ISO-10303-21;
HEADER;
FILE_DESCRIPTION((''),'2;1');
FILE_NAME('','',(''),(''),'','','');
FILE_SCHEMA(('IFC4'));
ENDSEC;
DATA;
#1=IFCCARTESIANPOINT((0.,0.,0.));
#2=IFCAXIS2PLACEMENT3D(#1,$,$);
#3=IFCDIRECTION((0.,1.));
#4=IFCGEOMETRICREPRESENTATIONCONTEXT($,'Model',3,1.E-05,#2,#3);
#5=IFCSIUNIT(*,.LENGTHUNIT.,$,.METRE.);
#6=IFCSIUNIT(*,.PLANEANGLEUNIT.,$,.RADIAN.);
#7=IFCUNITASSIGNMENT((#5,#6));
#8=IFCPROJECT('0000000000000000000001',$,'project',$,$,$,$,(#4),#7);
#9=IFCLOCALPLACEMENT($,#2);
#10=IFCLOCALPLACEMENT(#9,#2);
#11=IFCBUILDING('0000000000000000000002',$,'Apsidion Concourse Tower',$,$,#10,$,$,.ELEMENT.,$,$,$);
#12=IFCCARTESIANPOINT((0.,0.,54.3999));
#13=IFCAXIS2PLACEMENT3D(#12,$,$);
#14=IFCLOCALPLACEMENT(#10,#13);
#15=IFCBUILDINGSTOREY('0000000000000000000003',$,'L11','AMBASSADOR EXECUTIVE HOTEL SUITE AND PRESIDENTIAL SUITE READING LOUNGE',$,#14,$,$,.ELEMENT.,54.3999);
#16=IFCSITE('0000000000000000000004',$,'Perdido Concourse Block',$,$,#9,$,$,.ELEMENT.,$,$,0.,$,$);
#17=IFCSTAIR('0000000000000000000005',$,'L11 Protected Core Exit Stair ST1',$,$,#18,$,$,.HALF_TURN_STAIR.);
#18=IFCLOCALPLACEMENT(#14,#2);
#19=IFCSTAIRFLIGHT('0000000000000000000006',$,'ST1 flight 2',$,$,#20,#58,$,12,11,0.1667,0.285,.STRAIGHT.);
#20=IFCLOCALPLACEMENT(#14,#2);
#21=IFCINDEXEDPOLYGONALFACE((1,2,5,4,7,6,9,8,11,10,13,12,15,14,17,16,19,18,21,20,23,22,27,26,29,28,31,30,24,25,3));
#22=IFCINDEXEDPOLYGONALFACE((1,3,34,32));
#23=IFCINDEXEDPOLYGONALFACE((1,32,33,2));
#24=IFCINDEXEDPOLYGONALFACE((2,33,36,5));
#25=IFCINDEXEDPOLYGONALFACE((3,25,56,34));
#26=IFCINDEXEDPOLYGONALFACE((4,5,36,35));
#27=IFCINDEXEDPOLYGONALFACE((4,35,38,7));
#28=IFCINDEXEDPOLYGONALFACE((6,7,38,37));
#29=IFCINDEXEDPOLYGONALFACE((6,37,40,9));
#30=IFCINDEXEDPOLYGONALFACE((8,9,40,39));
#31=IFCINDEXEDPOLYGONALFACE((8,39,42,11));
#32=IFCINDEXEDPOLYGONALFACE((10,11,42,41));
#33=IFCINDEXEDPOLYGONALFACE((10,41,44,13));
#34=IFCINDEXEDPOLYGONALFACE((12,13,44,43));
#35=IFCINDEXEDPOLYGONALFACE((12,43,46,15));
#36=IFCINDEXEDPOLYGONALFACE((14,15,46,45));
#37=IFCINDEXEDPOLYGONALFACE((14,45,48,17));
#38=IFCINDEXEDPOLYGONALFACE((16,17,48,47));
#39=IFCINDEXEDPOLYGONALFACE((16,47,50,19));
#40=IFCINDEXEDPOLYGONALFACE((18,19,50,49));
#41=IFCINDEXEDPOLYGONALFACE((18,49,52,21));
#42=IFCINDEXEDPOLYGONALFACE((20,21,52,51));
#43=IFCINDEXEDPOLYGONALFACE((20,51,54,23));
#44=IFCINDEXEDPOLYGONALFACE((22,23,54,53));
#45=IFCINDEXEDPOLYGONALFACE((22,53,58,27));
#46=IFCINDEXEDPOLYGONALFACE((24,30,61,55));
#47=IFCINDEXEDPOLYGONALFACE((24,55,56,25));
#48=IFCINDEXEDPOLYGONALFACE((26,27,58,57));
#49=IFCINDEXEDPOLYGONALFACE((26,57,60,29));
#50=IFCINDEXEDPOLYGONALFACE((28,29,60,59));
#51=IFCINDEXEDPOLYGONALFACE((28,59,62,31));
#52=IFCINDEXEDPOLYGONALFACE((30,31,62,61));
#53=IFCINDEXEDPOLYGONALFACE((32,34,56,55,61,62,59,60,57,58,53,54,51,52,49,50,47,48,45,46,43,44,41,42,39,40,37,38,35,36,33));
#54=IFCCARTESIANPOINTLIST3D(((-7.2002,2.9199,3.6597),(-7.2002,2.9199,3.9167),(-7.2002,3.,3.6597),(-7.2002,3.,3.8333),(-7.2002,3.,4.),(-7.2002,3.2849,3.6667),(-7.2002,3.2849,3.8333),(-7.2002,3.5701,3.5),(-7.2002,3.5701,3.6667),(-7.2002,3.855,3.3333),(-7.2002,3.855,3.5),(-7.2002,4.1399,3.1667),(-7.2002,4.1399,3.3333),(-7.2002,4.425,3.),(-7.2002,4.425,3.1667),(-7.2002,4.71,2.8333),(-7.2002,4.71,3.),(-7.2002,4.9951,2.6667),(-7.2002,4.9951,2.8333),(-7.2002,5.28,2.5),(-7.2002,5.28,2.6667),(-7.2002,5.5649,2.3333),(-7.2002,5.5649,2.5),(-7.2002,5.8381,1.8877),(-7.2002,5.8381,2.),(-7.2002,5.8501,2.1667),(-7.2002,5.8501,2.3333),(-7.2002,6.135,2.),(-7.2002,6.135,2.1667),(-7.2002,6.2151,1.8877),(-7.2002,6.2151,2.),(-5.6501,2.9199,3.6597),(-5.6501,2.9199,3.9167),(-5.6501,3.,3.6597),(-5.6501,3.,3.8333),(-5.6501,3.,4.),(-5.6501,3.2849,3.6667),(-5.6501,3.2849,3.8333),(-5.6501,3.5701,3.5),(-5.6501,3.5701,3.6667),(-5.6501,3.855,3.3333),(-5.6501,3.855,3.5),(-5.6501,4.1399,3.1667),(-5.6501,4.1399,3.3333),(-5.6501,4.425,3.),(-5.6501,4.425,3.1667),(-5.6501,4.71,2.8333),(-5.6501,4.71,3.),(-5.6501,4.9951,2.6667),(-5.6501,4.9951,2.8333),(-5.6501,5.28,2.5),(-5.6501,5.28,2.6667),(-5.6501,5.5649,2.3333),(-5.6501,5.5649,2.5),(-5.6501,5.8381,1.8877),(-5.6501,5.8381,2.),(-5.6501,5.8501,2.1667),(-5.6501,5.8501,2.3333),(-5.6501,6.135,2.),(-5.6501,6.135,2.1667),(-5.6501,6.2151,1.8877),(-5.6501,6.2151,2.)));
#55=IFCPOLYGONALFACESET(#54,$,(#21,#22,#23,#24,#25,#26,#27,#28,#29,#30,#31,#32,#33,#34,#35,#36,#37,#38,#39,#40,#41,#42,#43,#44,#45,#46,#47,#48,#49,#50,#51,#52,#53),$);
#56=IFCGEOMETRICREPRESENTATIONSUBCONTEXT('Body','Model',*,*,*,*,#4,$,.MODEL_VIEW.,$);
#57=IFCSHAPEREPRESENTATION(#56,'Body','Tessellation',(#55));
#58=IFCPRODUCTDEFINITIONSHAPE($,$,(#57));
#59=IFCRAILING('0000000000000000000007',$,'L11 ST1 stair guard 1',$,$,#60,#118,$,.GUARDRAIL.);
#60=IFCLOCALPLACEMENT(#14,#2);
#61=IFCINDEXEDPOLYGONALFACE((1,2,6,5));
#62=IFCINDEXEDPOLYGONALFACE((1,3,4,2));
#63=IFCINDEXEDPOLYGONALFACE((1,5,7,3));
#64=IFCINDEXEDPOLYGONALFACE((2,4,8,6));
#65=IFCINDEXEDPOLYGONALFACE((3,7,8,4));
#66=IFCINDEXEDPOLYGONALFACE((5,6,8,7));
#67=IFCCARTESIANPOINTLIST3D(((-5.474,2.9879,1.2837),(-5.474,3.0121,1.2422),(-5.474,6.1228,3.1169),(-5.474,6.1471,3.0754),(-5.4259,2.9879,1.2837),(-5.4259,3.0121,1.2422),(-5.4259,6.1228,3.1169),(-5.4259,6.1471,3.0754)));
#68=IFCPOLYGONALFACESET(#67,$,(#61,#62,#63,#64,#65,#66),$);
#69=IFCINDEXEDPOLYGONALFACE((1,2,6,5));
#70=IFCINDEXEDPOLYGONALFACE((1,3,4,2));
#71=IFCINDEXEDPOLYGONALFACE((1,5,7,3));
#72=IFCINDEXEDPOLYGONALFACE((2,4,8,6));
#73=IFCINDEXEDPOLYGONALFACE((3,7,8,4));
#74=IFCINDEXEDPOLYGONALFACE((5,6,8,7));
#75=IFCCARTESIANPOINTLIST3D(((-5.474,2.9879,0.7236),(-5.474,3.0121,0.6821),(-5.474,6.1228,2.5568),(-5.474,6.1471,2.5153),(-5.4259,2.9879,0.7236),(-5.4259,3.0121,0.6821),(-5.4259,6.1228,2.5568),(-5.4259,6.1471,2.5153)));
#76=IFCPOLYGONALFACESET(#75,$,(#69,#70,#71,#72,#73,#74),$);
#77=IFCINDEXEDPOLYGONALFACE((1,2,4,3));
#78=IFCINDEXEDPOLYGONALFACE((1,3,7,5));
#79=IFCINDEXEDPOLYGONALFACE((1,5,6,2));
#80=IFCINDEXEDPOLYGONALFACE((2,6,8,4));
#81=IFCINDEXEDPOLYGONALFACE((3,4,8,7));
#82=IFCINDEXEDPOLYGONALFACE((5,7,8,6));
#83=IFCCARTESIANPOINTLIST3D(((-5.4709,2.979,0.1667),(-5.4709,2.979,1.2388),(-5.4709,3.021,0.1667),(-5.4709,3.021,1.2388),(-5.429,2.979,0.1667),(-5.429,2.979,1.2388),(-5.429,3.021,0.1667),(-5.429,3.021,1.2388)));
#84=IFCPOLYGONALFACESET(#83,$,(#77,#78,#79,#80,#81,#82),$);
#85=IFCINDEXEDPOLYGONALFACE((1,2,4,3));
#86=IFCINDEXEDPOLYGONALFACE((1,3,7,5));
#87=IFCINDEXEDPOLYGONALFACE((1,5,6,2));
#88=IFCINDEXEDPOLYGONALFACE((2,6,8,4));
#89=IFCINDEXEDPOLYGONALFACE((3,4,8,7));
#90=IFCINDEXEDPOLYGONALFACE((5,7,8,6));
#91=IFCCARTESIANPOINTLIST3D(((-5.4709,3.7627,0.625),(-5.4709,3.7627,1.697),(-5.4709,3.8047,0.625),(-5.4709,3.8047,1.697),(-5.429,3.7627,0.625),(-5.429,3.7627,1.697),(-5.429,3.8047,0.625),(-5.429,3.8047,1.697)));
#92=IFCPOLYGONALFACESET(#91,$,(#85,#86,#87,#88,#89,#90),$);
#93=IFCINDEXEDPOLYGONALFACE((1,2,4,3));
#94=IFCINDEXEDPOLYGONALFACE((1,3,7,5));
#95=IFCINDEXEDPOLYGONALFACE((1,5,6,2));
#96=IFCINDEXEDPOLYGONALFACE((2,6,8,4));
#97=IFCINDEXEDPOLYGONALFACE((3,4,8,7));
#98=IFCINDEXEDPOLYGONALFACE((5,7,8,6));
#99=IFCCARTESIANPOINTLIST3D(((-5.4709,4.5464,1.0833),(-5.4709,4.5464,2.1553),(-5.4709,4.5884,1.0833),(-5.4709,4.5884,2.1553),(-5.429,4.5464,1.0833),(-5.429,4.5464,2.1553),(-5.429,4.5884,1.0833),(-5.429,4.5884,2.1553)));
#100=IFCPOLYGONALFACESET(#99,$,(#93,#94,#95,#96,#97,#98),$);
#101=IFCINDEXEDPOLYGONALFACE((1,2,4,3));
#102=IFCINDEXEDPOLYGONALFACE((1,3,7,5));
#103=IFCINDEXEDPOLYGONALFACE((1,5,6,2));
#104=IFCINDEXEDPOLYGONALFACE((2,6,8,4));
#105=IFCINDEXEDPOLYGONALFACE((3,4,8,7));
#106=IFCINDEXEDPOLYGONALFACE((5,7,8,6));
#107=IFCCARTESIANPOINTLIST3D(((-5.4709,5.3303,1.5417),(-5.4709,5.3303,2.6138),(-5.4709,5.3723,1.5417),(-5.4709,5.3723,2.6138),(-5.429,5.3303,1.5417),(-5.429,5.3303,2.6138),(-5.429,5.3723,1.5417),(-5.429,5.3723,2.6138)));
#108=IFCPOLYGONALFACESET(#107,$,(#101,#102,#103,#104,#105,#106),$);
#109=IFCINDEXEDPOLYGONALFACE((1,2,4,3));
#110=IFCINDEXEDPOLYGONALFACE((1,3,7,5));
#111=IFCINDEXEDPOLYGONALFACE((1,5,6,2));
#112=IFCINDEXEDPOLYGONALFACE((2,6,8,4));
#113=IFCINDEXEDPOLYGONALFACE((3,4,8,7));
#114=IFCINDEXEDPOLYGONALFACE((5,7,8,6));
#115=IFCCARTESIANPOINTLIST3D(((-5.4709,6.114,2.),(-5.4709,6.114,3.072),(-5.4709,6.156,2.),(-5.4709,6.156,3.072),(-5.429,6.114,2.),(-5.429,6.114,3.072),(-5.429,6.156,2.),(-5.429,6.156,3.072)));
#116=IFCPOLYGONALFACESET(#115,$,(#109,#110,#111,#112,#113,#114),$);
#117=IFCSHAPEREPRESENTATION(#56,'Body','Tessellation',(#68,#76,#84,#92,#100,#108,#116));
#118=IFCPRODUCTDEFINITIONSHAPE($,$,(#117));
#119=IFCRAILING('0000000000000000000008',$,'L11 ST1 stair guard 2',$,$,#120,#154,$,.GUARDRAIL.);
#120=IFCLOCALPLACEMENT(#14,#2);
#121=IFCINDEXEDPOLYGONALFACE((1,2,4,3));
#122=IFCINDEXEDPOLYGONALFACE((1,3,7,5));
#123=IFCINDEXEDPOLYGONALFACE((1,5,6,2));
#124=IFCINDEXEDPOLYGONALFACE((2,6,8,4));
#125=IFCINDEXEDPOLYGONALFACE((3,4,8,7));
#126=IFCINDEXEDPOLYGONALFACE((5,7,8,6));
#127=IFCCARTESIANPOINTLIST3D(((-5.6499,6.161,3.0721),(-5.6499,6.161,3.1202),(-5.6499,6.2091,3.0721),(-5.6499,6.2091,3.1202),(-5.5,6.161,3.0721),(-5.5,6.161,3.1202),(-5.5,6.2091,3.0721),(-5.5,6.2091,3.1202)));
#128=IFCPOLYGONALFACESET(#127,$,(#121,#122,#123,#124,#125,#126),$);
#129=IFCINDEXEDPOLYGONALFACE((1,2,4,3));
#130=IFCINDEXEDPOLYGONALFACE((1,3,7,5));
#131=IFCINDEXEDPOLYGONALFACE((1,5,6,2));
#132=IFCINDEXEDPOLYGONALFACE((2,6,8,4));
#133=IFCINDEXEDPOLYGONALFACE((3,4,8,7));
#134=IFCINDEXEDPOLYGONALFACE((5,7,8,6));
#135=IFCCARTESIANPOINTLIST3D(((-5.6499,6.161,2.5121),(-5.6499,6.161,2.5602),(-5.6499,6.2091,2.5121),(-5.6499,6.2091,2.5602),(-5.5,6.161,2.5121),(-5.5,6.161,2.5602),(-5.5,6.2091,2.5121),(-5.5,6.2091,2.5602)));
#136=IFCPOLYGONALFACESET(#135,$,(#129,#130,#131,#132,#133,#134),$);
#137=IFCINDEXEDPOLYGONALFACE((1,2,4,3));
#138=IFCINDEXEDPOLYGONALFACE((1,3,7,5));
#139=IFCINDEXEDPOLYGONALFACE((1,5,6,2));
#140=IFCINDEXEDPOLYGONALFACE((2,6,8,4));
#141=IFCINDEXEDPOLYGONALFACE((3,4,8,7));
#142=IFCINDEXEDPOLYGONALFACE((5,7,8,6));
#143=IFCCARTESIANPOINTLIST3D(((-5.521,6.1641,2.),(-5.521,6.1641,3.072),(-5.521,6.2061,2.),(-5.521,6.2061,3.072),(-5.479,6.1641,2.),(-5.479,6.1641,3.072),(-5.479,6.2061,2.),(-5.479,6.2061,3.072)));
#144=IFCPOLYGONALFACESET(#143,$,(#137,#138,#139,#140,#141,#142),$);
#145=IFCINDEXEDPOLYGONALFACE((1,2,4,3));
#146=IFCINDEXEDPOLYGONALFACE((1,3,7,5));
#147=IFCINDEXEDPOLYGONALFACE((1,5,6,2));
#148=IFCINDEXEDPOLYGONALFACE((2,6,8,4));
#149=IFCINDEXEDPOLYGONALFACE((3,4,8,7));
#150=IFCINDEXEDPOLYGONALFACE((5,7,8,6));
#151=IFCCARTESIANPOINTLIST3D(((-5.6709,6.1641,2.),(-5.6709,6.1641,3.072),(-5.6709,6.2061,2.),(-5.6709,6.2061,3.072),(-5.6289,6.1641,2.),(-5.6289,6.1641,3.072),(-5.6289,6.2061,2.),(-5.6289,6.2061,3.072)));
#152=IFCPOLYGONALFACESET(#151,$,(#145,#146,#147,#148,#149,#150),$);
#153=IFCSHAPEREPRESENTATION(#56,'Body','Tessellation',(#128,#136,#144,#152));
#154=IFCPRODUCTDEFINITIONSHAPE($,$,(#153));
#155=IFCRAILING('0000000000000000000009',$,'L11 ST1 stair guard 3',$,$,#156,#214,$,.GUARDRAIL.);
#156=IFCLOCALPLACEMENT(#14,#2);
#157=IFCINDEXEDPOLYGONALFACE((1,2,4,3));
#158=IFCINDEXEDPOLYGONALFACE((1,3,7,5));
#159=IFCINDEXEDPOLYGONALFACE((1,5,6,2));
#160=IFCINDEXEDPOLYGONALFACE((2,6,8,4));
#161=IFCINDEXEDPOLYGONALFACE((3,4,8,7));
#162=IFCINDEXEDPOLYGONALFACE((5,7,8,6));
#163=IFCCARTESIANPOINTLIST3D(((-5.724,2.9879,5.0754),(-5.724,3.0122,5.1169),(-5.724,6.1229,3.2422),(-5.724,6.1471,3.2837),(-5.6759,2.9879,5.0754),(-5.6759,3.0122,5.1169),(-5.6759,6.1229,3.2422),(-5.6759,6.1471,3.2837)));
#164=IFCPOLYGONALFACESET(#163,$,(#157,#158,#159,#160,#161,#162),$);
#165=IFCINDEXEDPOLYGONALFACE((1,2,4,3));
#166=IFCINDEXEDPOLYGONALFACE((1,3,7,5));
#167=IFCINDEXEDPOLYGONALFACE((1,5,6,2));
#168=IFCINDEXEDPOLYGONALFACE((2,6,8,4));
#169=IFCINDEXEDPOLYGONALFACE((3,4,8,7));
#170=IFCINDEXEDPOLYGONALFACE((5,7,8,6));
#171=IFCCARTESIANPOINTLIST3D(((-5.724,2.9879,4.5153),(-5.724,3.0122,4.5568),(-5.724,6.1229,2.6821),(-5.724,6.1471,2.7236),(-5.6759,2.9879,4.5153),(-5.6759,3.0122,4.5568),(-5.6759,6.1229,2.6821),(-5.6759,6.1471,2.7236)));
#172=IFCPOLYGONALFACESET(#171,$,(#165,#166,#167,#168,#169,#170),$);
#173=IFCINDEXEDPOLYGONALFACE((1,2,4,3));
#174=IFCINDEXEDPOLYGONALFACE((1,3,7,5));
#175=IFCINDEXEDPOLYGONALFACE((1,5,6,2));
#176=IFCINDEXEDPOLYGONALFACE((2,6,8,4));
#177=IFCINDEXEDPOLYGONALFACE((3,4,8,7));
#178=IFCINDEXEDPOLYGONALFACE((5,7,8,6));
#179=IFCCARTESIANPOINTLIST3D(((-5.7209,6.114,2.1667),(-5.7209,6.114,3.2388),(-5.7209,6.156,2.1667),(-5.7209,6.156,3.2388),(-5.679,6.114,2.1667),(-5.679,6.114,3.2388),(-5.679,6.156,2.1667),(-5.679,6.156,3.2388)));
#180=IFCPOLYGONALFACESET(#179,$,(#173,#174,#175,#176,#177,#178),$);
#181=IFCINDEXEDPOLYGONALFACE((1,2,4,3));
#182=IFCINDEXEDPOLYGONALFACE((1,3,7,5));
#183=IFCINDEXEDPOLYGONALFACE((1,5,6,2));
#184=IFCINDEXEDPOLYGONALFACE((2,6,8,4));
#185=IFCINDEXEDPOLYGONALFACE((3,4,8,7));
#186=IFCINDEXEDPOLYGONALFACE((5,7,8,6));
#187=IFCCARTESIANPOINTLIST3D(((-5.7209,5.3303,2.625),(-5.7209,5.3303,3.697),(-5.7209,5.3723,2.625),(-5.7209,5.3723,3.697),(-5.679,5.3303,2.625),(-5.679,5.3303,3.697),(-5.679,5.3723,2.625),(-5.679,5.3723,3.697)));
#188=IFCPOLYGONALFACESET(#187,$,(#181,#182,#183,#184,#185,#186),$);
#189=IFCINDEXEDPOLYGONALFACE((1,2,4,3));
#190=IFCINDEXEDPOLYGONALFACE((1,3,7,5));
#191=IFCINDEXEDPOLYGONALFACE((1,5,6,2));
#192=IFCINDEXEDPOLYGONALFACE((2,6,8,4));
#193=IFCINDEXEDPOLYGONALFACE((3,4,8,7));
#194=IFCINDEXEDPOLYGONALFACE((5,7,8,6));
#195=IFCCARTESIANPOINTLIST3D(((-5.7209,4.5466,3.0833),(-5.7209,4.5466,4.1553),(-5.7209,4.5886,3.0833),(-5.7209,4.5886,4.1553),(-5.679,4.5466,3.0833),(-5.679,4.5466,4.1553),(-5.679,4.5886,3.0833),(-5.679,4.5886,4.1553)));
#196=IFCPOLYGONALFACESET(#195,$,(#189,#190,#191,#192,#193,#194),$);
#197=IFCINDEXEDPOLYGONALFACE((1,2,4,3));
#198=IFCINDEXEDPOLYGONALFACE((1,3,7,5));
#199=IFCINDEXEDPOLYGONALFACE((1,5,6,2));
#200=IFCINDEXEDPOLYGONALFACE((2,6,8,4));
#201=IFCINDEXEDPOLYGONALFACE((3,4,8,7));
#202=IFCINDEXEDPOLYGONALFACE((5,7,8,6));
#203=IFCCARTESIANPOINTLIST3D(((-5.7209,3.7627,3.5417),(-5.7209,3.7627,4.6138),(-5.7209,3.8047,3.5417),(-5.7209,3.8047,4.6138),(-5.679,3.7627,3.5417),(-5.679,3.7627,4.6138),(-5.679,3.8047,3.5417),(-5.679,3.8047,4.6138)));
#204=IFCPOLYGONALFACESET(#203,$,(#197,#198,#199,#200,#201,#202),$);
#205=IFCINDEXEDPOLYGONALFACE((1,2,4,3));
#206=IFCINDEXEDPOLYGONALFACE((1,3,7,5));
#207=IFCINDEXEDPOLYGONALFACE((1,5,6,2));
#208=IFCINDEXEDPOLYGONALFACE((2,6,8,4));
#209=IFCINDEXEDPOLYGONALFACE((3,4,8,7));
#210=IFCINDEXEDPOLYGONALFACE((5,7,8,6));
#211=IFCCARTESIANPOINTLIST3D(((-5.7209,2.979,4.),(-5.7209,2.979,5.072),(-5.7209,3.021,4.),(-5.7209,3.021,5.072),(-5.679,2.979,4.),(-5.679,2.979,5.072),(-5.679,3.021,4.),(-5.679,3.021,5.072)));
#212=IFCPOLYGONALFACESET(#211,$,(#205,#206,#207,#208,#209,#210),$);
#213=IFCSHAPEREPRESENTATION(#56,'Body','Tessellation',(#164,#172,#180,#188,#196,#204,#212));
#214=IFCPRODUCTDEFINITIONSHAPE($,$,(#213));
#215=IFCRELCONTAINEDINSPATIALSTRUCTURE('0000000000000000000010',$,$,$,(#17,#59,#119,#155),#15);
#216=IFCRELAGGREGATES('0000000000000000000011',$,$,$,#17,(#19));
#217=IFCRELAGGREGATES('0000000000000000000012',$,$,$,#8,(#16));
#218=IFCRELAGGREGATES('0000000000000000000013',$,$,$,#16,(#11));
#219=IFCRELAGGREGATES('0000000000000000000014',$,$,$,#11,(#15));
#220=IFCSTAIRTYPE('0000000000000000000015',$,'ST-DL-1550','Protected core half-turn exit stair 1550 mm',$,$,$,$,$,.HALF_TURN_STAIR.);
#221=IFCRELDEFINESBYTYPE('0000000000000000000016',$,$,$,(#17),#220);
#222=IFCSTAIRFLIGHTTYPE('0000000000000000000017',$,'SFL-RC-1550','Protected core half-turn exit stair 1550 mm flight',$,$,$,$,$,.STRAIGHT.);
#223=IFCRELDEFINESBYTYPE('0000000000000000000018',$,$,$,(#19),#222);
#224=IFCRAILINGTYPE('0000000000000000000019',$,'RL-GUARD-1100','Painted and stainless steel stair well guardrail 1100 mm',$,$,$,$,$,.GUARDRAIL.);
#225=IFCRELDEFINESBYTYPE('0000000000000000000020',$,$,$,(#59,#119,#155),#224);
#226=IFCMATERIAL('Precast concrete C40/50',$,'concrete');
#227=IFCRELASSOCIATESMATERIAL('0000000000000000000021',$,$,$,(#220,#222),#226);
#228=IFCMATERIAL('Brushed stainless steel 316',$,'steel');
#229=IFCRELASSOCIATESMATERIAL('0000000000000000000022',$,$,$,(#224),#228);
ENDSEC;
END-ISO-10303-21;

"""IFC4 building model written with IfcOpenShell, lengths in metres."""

from ifc_helpers import new_model, si_unit, direction, frame, origin, origin_2d, place, context, subcontext, project, spatial, polyline, rectangle, outline, extrude, material, type_object, element, aggregate, save


model = new_model("IFC4")

# Units and contexts
model_context = context("Model", 3, precision=1e-05, world=origin(), true_north=direction((0.0, 1.0)))
body_context = subcontext(model_context, "Body", "Model", "MODEL_VIEW")
ifc_project = project(units=[si_unit("LENGTHUNIT", "METRE"), si_unit("PLANEANGLEUNIT", "RADIAN")], contexts=[model_context])

# Site, building, storey
site_placement = place(None, origin())
site = spatial("IfcSite", under=ifc_project, at=site_placement, Name="Perdido Concourse Block", CompositionType="ELEMENT", RefElevation=0.0)
building_placement = place(site_placement, origin())
building = spatial("IfcBuilding", under=site, at=building_placement, Name="Apsidion Concourse Tower", CompositionType="ELEMENT")
storey_placement = place(building_placement, frame((0.0, 0.0, 54.3999)))
storey = spatial("IfcBuildingStorey", under=building, at=storey_placement, Name="L11", Description="AMBASSADOR EXECUTIVE HOTEL SUITE AND PRESIDENTIAL SUITE READING LOUNGE", CompositionType="ELEMENT", Elevation=54.3999)

# Shared definitions
ifc_material_1 = material(Name="Brushed stainless steel 316", Category="steel")

# Stair, stair flight
ifc_material_2 = material(Name="Precast concrete C40/50", Category="concrete")
stair_type = type_object("IfcStairType", Name="ST-DL-1550", Description="Protected core half-turn exit stair 1550 mm", PredefinedType="HALF_TURN_STAIR", material=ifc_material_2)
stair_placement = place(storey_placement, origin())
stair = element("IfcStair", 1, at=stair_placement, inside=storey, type_object=stair_type, Name="L11 Protected Core Exit Stair ST1", PredefinedType="HALF_TURN_STAIR")
stair_flight_type = type_object("IfcStairFlightType", Name="SFL-RC-1550", Description="Protected core half-turn exit stair 1550 mm flight", PredefinedType="STRAIGHT", material=ifc_material_2)
stair_flight_1_placement = place(storey_placement, frame((-6.425, 6.135, 2.0), z_axis=(0.0, 0.0, 1.0), x_axis=(0.0, -1.0, 0.0)))
stair_flight_1 = element("IfcStairFlight", 2, at=stair_flight_1_placement, type_object=stair_flight_type, Name="ST1 flight 2", NumberOfRisers=12, NumberOfTreads=11, PredefinedType="STRAIGHT", RiserHeight=0.1667, TreadLength=0.285, context=body_context, shape_type="SweptSolid", body=[
    extrude(outline(polyline([(-0.0801, -0.1123), (-0.0801, 0.0), (0.0, 0.0), (0.0, 0.1667), (0.2849, 0.1667), (0.2849, 0.3333), (0.5701, 0.3333), (0.5701, 0.5), (0.855, 0.5), (0.855, 0.6667), (1.1399, 0.6667), (1.1399, 0.8333), (1.425, 0.8333), (1.425, 1.0), (1.71, 1.0), (1.71, 1.1667), (1.9951, 1.1667), (1.9951, 1.3333), (2.28, 1.3333), (2.28, 1.5), (2.5649, 1.5), (2.5649, 1.6667), (2.8501, 1.6667), (2.8501, 1.8333), (3.135, 1.8333), (3.135, 2.0), (3.2151, 1.9167), (3.2151, 1.6597), (3.135, 1.6597), (0.2969, 0.0), (0.2969, -0.1123), (-0.0801, -0.1123)])), frame((0.0, 0.7749, 0.0), z_axis=(0.0, -1.0, 0.0), x_axis=(1.0, 0.0, 0.0)), (0.0, 0.0, 1.0), 1.55),
])
aggregate(stair, [stair_flight_1])

# Railings
railing_type_1 = type_object("IfcRailingType", Name="RL-GUARD-1100", Description="Painted and stainless steel stair well guardrail 1100 mm", PredefinedType="GUARDRAIL", material=ifc_material_1)
railing_1_placement = place(storey_placement, frame((-5.45, 3.0, 0.1667)))
element("IfcRailing", 3, at=railing_1_placement, inside=storey, type_object=railing_type_1, Name="L11 ST1 stair guard 1", PredefinedType="GUARDRAIL", context=body_context, shape_type="SweptSolid", body=[
    extrude(rectangle(XDim=0.0481, YDim=0.0481, at=origin_2d()), frame((0.0, 0.0, 1.0962), z_axis=(0.0, 0.86324, 0.504794), x_axis=(-1.0, 0.0, 0.0)), (0.0, 0.0, 1.0), 3.6316),
    extrude(rectangle(XDim=0.0481, YDim=0.0481, at=origin_2d()), frame((0.0, 0.0, 0.5361), z_axis=(0.0, 0.86324, 0.504794), x_axis=(-1.0, 0.0, 0.0)), (0.0, 0.0, 1.0), 3.6316),
    extrude(rectangle(XDim=0.042, YDim=0.042, at=origin_2d()), origin(), (0.0, 0.0, 1.0), 1.072),
    extrude(rectangle(XDim=0.042, YDim=0.042, at=origin_2d()), frame((0.0, 0.7837, 0.4583)), (0.0, 0.0, 1.0), 1.072),
    extrude(rectangle(XDim=0.042, YDim=0.042, at=origin_2d()), frame((0.0, 1.5674, 0.9165)), (0.0, 0.0, 1.0), 1.072),
    extrude(rectangle(XDim=0.042, YDim=0.042, at=origin_2d()), frame((0.0, 2.3513, 1.375)), (0.0, 0.0, 1.0), 1.072),
    extrude(rectangle(XDim=0.042, YDim=0.042, at=origin_2d()), frame((0.0, 3.135, 1.8333)), (0.0, 0.0, 1.0), 1.072),
])
railing_2_placement = place(storey_placement, frame((-5.5, 6.1851, 2.0)))
element("IfcRailing", 4, at=railing_2_placement, inside=storey, type_object=railing_type_1, Name="L11 ST1 stair guard 2", PredefinedType="GUARDRAIL", context=body_context, shape_type="SweptSolid", body=[
    extrude(rectangle(XDim=0.0481, YDim=0.0481, at=origin_2d()), frame((0.0, 0.0, 1.0962), z_axis=(-1.0, 0.0, 0.0), x_axis=(0.0, -1.0, 0.0)), (0.0, 0.0, 1.0), 0.1499),
    extrude(rectangle(XDim=0.0481, YDim=0.0481, at=origin_2d()), frame((0.0, 0.0, 0.5361), z_axis=(-1.0, 0.0, 0.0), x_axis=(0.0, -1.0, 0.0)), (0.0, 0.0, 1.0), 0.1499),
    extrude(rectangle(XDim=0.042, YDim=0.042, at=origin_2d()), origin(), (0.0, 0.0, 1.0), 1.072),
    extrude(rectangle(XDim=0.042, YDim=0.042, at=origin_2d()), frame((-0.1499, 0.0, 0.0)), (0.0, 0.0, 1.0), 1.072),
])
railing_3_placement = place(storey_placement, frame((-5.7, 6.135, 2.1667)))
element("IfcRailing", 5, at=railing_3_placement, inside=storey, type_object=railing_type_1, Name="L11 ST1 stair guard 3", PredefinedType="GUARDRAIL", context=body_context, shape_type="SweptSolid", body=[
    extrude(rectangle(XDim=0.0481, YDim=0.0481, at=origin_2d()), frame((0.0, 0.0, 1.0962), z_axis=(0.0, -0.86324, 0.504794), x_axis=(1.0, 0.0, 0.0)), (0.0, 0.0, 1.0), 3.6316),
    extrude(rectangle(XDim=0.0481, YDim=0.0481, at=origin_2d()), frame((0.0, 0.0, 0.5361), z_axis=(0.0, -0.86324, 0.504794), x_axis=(1.0, 0.0, 0.0)), (0.0, 0.0, 1.0), 3.6316),
    extrude(rectangle(XDim=0.042, YDim=0.042, at=origin_2d()), origin(), (0.0, 0.0, 1.0), 1.072),
    extrude(rectangle(XDim=0.042, YDim=0.042, at=origin_2d()), frame((0.0, -0.7837, 0.4583)), (0.0, 0.0, 1.0), 1.072),
    extrude(rectangle(XDim=0.042, YDim=0.042, at=origin_2d()), frame((0.0, -1.5674, 0.9165)), (0.0, 0.0, 1.0), 1.072),
    extrude(rectangle(XDim=0.042, YDim=0.042, at=origin_2d()), frame((0.0, -2.3513, 1.375)), (0.0, 0.0, 1.0), 1.072),
    extrude(rectangle(XDim=0.042, YDim=0.042, at=origin_2d()), frame((0.0, -3.135, 1.8333)), (0.0, 0.0, 1.0), 1.072),
])

save(model, "model.ifc")
